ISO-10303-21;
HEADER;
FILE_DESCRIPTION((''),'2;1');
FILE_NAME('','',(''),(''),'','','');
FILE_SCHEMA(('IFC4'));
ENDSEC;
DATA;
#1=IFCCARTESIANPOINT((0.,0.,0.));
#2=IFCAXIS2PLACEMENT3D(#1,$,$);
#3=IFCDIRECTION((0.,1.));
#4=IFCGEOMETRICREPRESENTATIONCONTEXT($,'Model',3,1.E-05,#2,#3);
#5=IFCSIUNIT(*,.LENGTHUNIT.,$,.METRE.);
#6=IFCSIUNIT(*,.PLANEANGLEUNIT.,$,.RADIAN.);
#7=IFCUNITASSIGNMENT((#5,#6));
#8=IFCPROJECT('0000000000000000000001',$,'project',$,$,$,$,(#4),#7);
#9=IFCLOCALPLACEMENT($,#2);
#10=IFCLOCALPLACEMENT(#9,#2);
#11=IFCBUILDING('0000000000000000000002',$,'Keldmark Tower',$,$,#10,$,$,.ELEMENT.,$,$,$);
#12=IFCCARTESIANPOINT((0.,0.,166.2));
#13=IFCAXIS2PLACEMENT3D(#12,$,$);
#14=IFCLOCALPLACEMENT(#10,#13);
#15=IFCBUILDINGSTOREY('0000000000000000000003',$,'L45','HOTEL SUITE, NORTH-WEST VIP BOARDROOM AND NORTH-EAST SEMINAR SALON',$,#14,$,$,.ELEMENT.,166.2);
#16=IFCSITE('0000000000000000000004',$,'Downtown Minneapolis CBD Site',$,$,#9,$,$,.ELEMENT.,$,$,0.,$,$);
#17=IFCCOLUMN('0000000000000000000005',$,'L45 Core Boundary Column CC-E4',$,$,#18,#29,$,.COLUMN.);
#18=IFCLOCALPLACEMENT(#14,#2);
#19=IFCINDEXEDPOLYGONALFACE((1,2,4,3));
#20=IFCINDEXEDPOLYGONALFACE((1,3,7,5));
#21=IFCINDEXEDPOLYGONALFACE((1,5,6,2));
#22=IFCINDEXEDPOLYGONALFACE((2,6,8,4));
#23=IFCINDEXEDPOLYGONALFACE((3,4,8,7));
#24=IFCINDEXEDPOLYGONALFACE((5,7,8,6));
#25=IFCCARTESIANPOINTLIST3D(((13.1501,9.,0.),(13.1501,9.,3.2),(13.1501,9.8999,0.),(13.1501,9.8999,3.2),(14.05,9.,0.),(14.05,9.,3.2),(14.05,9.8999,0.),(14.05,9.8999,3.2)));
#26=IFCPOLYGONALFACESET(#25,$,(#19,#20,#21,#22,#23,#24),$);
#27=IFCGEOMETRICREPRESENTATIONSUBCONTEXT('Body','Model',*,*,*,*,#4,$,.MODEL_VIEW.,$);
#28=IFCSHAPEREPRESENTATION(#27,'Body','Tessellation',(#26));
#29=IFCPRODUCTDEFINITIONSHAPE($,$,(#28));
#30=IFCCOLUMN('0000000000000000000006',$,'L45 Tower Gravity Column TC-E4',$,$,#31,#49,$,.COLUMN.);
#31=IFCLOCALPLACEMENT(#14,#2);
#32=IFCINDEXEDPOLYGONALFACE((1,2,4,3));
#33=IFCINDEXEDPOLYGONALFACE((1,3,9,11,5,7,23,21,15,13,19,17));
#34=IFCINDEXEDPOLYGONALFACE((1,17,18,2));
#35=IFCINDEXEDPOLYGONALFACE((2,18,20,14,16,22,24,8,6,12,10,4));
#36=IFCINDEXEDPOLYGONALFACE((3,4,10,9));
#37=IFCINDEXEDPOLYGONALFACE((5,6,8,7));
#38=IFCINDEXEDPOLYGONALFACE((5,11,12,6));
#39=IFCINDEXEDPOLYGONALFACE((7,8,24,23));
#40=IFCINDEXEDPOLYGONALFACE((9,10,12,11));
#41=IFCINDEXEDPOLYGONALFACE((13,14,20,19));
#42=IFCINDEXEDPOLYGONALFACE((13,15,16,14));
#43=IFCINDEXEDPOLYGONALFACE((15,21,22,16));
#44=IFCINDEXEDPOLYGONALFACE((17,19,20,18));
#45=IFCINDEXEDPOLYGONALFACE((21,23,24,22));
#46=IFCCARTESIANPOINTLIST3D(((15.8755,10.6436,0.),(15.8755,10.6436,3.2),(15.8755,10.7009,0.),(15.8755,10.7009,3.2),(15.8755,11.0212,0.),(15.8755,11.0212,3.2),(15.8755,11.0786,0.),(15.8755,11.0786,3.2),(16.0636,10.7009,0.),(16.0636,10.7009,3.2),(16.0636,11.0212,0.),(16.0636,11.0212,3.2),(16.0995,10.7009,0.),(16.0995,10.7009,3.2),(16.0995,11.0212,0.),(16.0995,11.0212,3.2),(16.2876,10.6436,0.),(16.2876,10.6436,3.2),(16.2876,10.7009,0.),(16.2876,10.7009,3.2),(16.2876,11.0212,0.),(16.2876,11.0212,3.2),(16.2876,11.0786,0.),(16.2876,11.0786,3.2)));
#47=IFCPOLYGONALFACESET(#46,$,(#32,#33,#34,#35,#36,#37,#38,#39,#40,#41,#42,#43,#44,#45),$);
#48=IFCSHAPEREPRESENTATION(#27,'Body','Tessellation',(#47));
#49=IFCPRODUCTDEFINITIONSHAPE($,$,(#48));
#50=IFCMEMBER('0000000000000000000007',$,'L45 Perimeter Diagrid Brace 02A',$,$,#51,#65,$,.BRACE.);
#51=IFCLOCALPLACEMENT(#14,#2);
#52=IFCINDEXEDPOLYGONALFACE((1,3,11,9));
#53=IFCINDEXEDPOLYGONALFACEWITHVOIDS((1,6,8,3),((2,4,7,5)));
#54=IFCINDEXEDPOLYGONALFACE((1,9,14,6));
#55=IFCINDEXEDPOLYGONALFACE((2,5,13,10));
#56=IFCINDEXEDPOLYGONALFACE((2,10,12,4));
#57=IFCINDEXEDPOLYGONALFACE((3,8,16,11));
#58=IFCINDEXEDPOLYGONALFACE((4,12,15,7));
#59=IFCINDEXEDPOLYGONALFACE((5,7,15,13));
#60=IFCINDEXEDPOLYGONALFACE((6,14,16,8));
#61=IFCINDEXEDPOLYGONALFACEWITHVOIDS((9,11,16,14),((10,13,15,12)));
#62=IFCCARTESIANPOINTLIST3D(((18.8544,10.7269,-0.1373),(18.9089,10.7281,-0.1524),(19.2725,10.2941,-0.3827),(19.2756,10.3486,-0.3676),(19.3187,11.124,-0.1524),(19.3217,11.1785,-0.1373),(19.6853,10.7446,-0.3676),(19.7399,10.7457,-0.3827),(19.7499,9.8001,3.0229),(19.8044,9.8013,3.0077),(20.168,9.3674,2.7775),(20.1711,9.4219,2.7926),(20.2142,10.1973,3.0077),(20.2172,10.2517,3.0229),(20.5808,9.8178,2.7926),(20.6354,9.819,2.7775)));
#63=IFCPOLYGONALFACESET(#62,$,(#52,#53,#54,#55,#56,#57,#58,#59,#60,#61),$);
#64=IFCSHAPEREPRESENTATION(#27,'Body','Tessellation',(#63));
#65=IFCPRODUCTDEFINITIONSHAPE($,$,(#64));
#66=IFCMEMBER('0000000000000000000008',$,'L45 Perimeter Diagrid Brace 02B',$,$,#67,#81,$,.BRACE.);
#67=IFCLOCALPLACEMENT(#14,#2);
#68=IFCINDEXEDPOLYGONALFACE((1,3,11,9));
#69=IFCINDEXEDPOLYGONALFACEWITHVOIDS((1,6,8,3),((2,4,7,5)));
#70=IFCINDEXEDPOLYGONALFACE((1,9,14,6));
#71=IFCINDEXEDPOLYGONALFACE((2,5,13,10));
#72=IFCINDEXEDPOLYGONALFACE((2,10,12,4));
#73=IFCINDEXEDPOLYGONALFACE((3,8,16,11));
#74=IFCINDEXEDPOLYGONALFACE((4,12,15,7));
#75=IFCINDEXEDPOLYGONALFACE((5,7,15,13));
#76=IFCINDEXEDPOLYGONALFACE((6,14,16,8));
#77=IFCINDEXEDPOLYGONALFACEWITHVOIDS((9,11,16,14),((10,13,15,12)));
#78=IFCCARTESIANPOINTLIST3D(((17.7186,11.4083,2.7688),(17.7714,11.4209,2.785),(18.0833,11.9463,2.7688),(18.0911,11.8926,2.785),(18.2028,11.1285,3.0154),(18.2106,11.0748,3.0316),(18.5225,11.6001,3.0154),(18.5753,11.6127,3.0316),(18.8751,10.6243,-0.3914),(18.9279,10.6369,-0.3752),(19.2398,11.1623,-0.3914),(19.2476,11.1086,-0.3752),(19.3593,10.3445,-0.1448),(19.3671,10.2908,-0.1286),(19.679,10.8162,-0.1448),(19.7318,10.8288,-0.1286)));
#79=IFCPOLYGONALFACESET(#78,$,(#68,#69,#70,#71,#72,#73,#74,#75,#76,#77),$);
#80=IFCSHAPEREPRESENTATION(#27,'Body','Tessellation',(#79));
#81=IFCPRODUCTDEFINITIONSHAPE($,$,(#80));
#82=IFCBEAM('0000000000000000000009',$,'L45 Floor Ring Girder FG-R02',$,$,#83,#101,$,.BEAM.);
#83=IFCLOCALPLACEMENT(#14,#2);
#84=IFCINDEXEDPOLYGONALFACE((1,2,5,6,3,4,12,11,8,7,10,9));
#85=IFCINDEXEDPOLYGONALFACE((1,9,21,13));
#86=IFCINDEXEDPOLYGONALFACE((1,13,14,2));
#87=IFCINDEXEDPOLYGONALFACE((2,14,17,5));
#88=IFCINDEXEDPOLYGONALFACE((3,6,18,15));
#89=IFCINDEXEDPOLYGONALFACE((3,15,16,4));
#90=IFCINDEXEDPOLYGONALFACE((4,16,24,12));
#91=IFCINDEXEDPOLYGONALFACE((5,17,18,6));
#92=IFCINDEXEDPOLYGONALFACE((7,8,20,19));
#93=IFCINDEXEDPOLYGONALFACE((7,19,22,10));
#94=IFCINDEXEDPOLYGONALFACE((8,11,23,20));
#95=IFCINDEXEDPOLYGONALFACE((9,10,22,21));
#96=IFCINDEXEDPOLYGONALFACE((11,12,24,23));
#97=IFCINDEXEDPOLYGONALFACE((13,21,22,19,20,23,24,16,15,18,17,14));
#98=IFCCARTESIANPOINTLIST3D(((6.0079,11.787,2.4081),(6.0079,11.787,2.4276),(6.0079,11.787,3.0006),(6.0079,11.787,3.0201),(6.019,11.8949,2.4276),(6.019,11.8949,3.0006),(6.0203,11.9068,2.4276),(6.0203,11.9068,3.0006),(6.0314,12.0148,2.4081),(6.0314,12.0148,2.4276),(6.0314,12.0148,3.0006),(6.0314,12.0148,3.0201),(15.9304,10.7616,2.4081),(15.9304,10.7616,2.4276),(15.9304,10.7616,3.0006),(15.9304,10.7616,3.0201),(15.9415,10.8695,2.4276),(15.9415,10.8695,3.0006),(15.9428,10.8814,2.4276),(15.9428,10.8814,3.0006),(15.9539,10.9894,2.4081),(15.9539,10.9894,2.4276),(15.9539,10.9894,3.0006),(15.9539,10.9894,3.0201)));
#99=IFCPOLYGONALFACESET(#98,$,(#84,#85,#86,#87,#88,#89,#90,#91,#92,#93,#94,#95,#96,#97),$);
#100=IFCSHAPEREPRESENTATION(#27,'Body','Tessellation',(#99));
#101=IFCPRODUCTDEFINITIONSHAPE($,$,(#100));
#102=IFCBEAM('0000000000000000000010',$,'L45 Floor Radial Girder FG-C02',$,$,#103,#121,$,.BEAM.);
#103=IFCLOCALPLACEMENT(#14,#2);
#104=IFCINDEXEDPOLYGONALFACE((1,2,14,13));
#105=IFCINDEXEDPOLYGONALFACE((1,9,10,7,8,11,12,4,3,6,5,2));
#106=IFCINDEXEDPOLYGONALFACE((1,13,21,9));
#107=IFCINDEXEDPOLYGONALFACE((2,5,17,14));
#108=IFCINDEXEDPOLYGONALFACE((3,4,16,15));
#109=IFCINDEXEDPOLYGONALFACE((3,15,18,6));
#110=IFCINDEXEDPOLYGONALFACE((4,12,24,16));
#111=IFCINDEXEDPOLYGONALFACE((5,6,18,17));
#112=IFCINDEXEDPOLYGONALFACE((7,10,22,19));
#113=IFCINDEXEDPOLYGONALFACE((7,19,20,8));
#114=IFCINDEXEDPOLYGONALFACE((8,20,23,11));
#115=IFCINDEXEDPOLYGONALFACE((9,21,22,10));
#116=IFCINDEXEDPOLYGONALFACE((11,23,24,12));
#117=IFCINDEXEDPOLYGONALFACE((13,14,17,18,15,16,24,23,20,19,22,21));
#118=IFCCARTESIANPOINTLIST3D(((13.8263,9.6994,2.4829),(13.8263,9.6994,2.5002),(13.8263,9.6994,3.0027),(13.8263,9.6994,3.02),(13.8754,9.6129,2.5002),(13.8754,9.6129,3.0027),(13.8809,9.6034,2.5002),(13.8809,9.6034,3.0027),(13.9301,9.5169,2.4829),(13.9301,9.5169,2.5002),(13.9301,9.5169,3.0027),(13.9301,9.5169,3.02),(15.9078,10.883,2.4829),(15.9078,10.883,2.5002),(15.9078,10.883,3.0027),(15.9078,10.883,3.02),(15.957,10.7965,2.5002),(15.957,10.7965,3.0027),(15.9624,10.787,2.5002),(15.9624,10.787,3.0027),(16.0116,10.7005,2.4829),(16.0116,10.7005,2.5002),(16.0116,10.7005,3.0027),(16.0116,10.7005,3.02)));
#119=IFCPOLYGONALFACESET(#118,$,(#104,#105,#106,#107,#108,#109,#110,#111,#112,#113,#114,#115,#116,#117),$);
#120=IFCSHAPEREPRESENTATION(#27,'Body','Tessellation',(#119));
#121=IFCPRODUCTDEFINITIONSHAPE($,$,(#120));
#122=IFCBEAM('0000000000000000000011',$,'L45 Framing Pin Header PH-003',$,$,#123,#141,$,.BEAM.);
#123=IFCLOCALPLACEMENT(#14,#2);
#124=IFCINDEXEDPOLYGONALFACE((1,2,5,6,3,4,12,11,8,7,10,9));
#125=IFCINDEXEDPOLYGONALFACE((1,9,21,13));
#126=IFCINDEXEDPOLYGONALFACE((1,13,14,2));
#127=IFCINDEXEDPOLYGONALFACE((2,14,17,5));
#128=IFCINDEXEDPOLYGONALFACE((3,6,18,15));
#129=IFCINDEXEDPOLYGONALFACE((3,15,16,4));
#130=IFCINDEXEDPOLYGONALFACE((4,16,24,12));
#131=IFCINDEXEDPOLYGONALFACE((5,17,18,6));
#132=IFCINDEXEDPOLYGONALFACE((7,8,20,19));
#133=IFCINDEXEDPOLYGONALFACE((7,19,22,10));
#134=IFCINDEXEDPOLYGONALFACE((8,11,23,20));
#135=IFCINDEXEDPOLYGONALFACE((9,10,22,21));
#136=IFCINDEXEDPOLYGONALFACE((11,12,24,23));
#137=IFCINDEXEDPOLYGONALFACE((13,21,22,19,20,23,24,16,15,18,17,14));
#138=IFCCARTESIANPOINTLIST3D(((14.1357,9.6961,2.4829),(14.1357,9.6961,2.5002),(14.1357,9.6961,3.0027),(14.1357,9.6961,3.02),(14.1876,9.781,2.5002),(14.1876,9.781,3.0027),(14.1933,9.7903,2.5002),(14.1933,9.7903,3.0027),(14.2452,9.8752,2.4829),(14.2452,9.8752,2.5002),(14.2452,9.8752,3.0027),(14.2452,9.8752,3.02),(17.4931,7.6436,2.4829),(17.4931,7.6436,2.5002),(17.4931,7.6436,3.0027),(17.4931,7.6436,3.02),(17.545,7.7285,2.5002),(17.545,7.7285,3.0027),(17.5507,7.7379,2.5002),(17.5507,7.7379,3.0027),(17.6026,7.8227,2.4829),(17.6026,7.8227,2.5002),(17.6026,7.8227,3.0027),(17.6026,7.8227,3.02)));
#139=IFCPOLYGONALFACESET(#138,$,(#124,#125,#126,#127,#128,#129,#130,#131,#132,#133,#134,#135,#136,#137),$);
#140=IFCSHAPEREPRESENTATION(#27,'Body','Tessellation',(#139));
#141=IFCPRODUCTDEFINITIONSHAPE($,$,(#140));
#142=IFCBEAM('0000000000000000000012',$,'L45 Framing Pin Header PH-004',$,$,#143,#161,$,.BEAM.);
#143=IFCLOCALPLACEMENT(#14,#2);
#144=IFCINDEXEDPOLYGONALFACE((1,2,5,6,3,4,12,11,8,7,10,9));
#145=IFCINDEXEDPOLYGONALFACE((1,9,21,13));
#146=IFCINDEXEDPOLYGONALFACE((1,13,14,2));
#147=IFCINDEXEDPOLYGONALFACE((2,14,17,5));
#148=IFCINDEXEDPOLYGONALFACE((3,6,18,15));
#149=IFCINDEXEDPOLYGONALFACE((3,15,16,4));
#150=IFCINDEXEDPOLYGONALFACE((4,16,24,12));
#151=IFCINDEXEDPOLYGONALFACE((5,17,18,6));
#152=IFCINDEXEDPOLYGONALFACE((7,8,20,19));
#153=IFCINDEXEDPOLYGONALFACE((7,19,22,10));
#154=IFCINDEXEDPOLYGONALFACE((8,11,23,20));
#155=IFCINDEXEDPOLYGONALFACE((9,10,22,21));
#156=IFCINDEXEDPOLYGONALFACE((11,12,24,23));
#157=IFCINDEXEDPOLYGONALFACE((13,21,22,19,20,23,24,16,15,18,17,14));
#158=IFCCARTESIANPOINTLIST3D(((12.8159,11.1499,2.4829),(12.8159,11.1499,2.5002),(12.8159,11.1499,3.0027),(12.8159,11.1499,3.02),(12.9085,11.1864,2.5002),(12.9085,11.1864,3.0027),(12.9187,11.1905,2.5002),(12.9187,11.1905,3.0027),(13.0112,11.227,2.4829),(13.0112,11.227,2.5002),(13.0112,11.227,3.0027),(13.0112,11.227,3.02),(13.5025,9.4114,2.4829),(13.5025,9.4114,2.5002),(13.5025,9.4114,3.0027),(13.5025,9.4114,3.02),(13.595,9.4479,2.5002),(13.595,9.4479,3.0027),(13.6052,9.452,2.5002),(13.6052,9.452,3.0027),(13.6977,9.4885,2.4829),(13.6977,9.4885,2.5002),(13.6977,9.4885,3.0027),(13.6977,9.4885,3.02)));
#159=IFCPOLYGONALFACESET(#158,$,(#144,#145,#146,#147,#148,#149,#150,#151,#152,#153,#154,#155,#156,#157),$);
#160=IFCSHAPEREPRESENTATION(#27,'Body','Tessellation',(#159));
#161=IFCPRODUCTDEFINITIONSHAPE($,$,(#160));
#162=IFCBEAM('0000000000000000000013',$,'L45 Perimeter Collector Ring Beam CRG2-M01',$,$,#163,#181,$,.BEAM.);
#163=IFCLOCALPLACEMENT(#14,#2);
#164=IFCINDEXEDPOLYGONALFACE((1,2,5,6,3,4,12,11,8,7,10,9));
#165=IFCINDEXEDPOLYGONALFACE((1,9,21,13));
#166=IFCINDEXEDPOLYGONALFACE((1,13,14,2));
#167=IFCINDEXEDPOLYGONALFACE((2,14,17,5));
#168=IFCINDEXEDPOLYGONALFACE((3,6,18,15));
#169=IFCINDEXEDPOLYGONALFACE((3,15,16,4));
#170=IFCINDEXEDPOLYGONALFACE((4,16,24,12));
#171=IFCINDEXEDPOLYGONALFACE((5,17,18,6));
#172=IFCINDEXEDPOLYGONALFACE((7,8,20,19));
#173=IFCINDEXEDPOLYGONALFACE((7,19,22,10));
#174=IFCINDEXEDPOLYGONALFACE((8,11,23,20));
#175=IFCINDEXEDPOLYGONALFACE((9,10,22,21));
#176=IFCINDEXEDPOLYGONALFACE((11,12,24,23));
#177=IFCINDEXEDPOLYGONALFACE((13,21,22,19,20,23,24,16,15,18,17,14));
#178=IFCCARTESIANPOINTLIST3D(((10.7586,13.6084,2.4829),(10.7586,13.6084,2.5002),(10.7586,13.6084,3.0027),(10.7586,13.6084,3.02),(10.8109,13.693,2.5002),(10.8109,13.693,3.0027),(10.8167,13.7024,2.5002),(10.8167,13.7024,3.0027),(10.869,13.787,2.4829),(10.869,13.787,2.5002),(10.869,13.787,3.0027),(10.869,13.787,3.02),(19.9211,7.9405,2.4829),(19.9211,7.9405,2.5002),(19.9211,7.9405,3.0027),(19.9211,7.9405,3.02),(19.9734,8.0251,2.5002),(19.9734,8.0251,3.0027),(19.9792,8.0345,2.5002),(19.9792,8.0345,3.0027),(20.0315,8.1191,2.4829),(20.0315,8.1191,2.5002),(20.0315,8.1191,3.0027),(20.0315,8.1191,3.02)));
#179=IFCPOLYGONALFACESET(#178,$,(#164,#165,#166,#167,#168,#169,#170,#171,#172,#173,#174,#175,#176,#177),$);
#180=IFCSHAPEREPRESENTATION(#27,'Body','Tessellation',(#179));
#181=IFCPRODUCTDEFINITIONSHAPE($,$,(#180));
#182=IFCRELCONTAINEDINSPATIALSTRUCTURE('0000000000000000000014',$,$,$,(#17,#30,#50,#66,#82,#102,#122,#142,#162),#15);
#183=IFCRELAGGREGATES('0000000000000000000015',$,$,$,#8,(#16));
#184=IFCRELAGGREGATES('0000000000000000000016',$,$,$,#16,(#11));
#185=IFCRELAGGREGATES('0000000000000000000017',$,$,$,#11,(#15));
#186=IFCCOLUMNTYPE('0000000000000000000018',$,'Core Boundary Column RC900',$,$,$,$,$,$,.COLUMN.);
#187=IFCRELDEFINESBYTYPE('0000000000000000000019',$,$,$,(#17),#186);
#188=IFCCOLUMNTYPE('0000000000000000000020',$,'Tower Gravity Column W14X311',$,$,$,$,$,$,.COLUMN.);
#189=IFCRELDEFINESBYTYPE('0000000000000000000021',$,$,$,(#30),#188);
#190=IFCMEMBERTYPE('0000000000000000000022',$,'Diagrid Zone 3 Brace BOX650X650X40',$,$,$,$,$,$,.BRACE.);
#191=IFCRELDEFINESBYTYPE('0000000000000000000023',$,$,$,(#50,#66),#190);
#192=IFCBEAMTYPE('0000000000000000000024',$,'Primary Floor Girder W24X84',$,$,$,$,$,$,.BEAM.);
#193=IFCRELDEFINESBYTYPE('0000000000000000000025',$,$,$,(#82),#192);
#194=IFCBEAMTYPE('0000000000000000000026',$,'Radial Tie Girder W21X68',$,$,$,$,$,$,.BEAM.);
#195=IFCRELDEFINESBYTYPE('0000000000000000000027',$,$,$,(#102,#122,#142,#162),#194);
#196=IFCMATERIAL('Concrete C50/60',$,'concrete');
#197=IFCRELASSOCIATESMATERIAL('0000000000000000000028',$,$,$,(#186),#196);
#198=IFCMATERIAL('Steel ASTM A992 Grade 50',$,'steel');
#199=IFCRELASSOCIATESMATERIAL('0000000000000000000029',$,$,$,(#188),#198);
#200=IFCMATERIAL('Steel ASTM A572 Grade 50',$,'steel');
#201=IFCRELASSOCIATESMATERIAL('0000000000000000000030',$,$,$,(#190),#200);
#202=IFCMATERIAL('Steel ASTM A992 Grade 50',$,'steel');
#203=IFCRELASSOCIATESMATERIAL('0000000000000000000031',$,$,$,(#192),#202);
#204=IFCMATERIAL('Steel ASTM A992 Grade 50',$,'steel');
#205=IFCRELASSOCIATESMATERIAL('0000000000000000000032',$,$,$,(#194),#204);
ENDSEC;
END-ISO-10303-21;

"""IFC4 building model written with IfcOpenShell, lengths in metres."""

from ifc_helpers import new_model, si_unit, direction, frame, origin, origin_2d, place, context, subcontext, project, spatial, rectangle, hollow_rectangle, i_section, extrude, material, material_profile, profile_set, type_object, element, save


model = new_model("IFC4")

# Units and contexts
model_context = context("Model", 3, precision=1e-05, world=origin(), true_north=direction((0.0, 1.0)))
body_context = subcontext(model_context, "Body", "Model", "MODEL_VIEW")
ifc_project = project(units=[si_unit("LENGTHUNIT", "METRE"), si_unit("PLANEANGLEUNIT", "RADIAN")], contexts=[model_context])

# Site, building, storey
site_placement = place(None, origin())
site = spatial("IfcSite", under=ifc_project, at=site_placement, Name="Downtown Minneapolis CBD Site", CompositionType="ELEMENT", RefElevation=0.0)
building_placement = place(site_placement, origin())
building = spatial("IfcBuilding", under=site, at=building_placement, Name="Keldmark Tower", CompositionType="ELEMENT")
storey_placement = place(building_placement, frame((0.0, 0.0, 166.2)))
storey = spatial("IfcBuildingStorey", under=building, at=storey_placement, Name="L45", Description="HOTEL SUITE, NORTH-WEST VIP BOARDROOM AND NORTH-EAST SEMINAR SALON", CompositionType="ELEMENT", Elevation=166.2)

# Columns
ifc_material_1 = material(Name="Concrete C50/60", Category="concrete")
ifc_material_profile_1 = material_profile(ifc_material_1, rectangle(XDim=0.8999, YDim=0.8999, at=origin_2d()), Name="RC900X900")
ifc_profile_set_1 = profile_set([ifc_material_profile_1], Name="Concrete C50/60")
column_type_1 = type_object("IfcColumnType", Name="Core Boundary Column RC900", PredefinedType="COLUMN", material=ifc_profile_set_1)
column_1_placement = place(storey_placement, frame((13.6001, 9.45, 0.0), z_axis=(0.0, 0.0, 1.0), x_axis=(1.0, 0.0, 0.0)))
element("IfcColumn", 1, at=column_1_placement, inside=storey, type_object=column_type_1, Name="L45 Core Boundary Column CC-E4", PredefinedType="COLUMN", context=body_context, shape_type="SweptSolid", body=[
    extrude(rectangle(XDim=0.8999, YDim=0.8999, at=origin_2d()), origin(), (0.0, 0.0, 1.0), 3.2),
])
ifc_material_2 = material(Name="Steel ASTM A992 Grade 50", Category="steel")
ifc_material_profile_2 = material_profile(ifc_material_2, i_section(OverallWidth=0.4121, OverallDepth=0.4351, WebThickness=0.0359, FlangeThickness=0.0574, at=origin_2d()), Name="W14X311")
ifc_profile_set_2 = profile_set([ifc_material_profile_2], Name="Steel ASTM A992 Grade 50")
column_type_2 = type_object("IfcColumnType", Name="Tower Gravity Column W14X311", PredefinedType="COLUMN", material=ifc_profile_set_2)
column_2_placement = place(storey_placement, frame((16.0815, 10.8611, 0.0), z_axis=(0.0, 0.0, 1.0), x_axis=(1.0, 0.0, 0.0)))
element("IfcColumn", 2, at=column_2_placement, inside=storey, type_object=column_type_2, Name="L45 Tower Gravity Column TC-E4", PredefinedType="COLUMN", context=body_context, shape_type="SweptSolid", body=[
    extrude(i_section(OverallWidth=0.4121, OverallDepth=0.4351, WebThickness=0.0359, FlangeThickness=0.0574, at=origin_2d()), origin(), (0.0, 0.0, 1.0), 3.2),
])

# Members
ifc_material_3 = material(Name="Steel ASTM A572 Grade 50", Category="steel")
ifc_material_profile_3 = material_profile(ifc_material_3, hollow_rectangle(XDim=0.6499, YDim=0.6499, WallThickness=0.04, at=origin_2d()), Name="BOX650X650X40")
ifc_profile_set_3 = profile_set([ifc_material_profile_3], Name="Steel ASTM A572 Grade 50")
member_type = type_object("IfcMemberType", Name="Diagrid Zone 3 Brace BOX650X650X40", PredefinedType="BRACE", material=ifc_profile_set_3)
member_1_placement = place(storey_placement, frame((19.2971, 10.7363, -0.26), z_axis=(0.262395, -0.271551, 0.925964), x_axis=(0.719127, 0.694878, 0.0)))
element("IfcMember", 3, at=member_1_placement, inside=storey, type_object=member_type, Name="L45 Perimeter Diagrid Brace 02A", PredefinedType="BRACE", context=body_context, shape_type="SweptSolid", body=[
    extrude(hollow_rectangle(XDim=0.6499, YDim=0.6499, WallThickness=0.04, at=origin_2d()), origin(), (0.0, 0.0, 1.0), 3.4128),
])
member_2_placement = place(storey_placement, frame((19.3035, 10.7266, -0.26), z_axis=(-0.334708, 0.226884, 0.914601), x_axis=(-0.561095, -0.827751, 0.0)))
element("IfcMember", 4, at=member_2_placement, inside=storey, type_object=member_type, Name="L45 Perimeter Diagrid Brace 02B", PredefinedType="BRACE", context=body_context, shape_type="SweptSolid", body=[
    extrude(hollow_rectangle(XDim=0.6499, YDim=0.6499, WallThickness=0.04, at=origin_2d()), origin(), (0.0, 0.0, 1.0), 3.4553),
])

# Beams
ifc_material_4 = material(Name="Steel ASTM A992 Grade 50", Category="steel")
ifc_material_profile_4 = material_profile(ifc_material_4, i_section(OverallWidth=0.229, OverallDepth=0.6121, WebThickness=0.012, FlangeThickness=0.0195, at=origin_2d()), Name="W24X84")
ifc_profile_set_4 = profile_set([ifc_material_profile_4], Name="Steel ASTM A992 Grade 50")
beam_type_1 = type_object("IfcBeamType", Name="Primary Floor Girder W24X84", PredefinedType="BEAM", material=ifc_profile_set_4)
beam_1_placement = place(storey_placement, frame((15.9421, 10.8755, 2.7141), z_axis=(-0.994703, 0.102791, 0.0), x_axis=(-0.102791, -0.994703, 0.0)))
element("IfcBeam", 5, at=beam_1_placement, inside=storey, type_object=beam_type_1, Name="L45 Floor Ring Girder FG-R02", PredefinedType="BEAM", context=body_context, shape_type="SweptSolid", body=[
    extrude(i_section(OverallWidth=0.229, OverallDepth=0.6121, WebThickness=0.012, FlangeThickness=0.0195, at=origin_2d()), origin(), (0.0, 0.0, 1.0), 9.9753),
])
ifc_material_5 = material(Name="Steel ASTM A992 Grade 50", Category="steel")
ifc_material_profile_5 = material_profile(ifc_material_5, i_section(OverallWidth=0.21, OverallDepth=0.5371, WebThickness=0.011, FlangeThickness=0.0173, at=origin_2d()), Name="W21X68")
ifc_profile_set_5 = profile_set([ifc_material_profile_5], Name="Steel ASTM A992 Grade 50")
beam_type_2 = type_object("IfcBeamType", Name="Radial Tie Girder W21X68", PredefinedType="BEAM", material=ifc_profile_set_5)
beam_2_placement = place(storey_placement, frame((15.9597, 10.7917, 2.7515), z_axis=(-0.869295, -0.494293, 0.0), x_axis=(0.494293, -0.869295, 0.0)))
element("IfcBeam", 6, at=beam_2_placement, inside=storey, type_object=beam_type_2, Name="L45 Floor Radial Girder FG-C02", PredefinedType="BEAM", context=body_context, shape_type="SweptSolid", body=[
    extrude(i_section(OverallWidth=0.21, OverallDepth=0.5371, WebThickness=0.011, FlangeThickness=0.0173, at=origin_2d()), origin(), (0.0, 0.0, 1.0), 2.3945),
])
beam_3_placement = place(storey_placement, frame((14.1904, 9.7856, 2.7515), z_axis=(0.853199, -0.521586, 0.0), x_axis=(0.521586, 0.853199, 0.0)))
element("IfcBeam", 7, at=beam_3_placement, inside=storey, type_object=beam_type_2, Name="L45 Framing Pin Header PH-003", PredefinedType="BEAM", context=body_context, shape_type="SweptSolid", body=[
    extrude(i_section(OverallWidth=0.21, OverallDepth=0.5371, WebThickness=0.011, FlangeThickness=0.0173, at=origin_2d()), origin(), (0.0, 0.0, 1.0), 3.9351),
])
beam_4_placement = place(storey_placement, frame((13.6001, 9.45, 2.7515), z_axis=(-0.367288, 0.930107, 0.0), x_axis=(-0.930107, -0.367288, 0.0)))
element("IfcBeam", 8, at=beam_4_placement, inside=storey, type_object=beam_type_2, Name="L45 Framing Pin Header PH-004", PredefinedType="BEAM", context=body_context, shape_type="SweptSolid", body=[
    extrude(i_section(OverallWidth=0.21, OverallDepth=0.5371, WebThickness=0.011, FlangeThickness=0.0173, at=origin_2d()), origin(), (0.0, 0.0, 1.0), 1.8691),
])
beam_5_placement = place(storey_placement, frame((19.9763, 8.0298, 2.7515), z_axis=(-0.850436, 0.526078, 0.0), x_axis=(-0.526078, -0.850436, 0.0)))
element("IfcBeam", 9, at=beam_5_placement, inside=storey, type_object=beam_type_2, Name="L45 Perimeter Collector Ring Beam CRG2-M01", PredefinedType="BEAM", context=body_context, shape_type="SweptSolid", body=[
    extrude(i_section(OverallWidth=0.21, OverallDepth=0.5371, WebThickness=0.011, FlangeThickness=0.0173, at=origin_2d()), origin(), (0.0, 0.0, 1.0), 10.7739),
])

save(model, "model.ifc")
